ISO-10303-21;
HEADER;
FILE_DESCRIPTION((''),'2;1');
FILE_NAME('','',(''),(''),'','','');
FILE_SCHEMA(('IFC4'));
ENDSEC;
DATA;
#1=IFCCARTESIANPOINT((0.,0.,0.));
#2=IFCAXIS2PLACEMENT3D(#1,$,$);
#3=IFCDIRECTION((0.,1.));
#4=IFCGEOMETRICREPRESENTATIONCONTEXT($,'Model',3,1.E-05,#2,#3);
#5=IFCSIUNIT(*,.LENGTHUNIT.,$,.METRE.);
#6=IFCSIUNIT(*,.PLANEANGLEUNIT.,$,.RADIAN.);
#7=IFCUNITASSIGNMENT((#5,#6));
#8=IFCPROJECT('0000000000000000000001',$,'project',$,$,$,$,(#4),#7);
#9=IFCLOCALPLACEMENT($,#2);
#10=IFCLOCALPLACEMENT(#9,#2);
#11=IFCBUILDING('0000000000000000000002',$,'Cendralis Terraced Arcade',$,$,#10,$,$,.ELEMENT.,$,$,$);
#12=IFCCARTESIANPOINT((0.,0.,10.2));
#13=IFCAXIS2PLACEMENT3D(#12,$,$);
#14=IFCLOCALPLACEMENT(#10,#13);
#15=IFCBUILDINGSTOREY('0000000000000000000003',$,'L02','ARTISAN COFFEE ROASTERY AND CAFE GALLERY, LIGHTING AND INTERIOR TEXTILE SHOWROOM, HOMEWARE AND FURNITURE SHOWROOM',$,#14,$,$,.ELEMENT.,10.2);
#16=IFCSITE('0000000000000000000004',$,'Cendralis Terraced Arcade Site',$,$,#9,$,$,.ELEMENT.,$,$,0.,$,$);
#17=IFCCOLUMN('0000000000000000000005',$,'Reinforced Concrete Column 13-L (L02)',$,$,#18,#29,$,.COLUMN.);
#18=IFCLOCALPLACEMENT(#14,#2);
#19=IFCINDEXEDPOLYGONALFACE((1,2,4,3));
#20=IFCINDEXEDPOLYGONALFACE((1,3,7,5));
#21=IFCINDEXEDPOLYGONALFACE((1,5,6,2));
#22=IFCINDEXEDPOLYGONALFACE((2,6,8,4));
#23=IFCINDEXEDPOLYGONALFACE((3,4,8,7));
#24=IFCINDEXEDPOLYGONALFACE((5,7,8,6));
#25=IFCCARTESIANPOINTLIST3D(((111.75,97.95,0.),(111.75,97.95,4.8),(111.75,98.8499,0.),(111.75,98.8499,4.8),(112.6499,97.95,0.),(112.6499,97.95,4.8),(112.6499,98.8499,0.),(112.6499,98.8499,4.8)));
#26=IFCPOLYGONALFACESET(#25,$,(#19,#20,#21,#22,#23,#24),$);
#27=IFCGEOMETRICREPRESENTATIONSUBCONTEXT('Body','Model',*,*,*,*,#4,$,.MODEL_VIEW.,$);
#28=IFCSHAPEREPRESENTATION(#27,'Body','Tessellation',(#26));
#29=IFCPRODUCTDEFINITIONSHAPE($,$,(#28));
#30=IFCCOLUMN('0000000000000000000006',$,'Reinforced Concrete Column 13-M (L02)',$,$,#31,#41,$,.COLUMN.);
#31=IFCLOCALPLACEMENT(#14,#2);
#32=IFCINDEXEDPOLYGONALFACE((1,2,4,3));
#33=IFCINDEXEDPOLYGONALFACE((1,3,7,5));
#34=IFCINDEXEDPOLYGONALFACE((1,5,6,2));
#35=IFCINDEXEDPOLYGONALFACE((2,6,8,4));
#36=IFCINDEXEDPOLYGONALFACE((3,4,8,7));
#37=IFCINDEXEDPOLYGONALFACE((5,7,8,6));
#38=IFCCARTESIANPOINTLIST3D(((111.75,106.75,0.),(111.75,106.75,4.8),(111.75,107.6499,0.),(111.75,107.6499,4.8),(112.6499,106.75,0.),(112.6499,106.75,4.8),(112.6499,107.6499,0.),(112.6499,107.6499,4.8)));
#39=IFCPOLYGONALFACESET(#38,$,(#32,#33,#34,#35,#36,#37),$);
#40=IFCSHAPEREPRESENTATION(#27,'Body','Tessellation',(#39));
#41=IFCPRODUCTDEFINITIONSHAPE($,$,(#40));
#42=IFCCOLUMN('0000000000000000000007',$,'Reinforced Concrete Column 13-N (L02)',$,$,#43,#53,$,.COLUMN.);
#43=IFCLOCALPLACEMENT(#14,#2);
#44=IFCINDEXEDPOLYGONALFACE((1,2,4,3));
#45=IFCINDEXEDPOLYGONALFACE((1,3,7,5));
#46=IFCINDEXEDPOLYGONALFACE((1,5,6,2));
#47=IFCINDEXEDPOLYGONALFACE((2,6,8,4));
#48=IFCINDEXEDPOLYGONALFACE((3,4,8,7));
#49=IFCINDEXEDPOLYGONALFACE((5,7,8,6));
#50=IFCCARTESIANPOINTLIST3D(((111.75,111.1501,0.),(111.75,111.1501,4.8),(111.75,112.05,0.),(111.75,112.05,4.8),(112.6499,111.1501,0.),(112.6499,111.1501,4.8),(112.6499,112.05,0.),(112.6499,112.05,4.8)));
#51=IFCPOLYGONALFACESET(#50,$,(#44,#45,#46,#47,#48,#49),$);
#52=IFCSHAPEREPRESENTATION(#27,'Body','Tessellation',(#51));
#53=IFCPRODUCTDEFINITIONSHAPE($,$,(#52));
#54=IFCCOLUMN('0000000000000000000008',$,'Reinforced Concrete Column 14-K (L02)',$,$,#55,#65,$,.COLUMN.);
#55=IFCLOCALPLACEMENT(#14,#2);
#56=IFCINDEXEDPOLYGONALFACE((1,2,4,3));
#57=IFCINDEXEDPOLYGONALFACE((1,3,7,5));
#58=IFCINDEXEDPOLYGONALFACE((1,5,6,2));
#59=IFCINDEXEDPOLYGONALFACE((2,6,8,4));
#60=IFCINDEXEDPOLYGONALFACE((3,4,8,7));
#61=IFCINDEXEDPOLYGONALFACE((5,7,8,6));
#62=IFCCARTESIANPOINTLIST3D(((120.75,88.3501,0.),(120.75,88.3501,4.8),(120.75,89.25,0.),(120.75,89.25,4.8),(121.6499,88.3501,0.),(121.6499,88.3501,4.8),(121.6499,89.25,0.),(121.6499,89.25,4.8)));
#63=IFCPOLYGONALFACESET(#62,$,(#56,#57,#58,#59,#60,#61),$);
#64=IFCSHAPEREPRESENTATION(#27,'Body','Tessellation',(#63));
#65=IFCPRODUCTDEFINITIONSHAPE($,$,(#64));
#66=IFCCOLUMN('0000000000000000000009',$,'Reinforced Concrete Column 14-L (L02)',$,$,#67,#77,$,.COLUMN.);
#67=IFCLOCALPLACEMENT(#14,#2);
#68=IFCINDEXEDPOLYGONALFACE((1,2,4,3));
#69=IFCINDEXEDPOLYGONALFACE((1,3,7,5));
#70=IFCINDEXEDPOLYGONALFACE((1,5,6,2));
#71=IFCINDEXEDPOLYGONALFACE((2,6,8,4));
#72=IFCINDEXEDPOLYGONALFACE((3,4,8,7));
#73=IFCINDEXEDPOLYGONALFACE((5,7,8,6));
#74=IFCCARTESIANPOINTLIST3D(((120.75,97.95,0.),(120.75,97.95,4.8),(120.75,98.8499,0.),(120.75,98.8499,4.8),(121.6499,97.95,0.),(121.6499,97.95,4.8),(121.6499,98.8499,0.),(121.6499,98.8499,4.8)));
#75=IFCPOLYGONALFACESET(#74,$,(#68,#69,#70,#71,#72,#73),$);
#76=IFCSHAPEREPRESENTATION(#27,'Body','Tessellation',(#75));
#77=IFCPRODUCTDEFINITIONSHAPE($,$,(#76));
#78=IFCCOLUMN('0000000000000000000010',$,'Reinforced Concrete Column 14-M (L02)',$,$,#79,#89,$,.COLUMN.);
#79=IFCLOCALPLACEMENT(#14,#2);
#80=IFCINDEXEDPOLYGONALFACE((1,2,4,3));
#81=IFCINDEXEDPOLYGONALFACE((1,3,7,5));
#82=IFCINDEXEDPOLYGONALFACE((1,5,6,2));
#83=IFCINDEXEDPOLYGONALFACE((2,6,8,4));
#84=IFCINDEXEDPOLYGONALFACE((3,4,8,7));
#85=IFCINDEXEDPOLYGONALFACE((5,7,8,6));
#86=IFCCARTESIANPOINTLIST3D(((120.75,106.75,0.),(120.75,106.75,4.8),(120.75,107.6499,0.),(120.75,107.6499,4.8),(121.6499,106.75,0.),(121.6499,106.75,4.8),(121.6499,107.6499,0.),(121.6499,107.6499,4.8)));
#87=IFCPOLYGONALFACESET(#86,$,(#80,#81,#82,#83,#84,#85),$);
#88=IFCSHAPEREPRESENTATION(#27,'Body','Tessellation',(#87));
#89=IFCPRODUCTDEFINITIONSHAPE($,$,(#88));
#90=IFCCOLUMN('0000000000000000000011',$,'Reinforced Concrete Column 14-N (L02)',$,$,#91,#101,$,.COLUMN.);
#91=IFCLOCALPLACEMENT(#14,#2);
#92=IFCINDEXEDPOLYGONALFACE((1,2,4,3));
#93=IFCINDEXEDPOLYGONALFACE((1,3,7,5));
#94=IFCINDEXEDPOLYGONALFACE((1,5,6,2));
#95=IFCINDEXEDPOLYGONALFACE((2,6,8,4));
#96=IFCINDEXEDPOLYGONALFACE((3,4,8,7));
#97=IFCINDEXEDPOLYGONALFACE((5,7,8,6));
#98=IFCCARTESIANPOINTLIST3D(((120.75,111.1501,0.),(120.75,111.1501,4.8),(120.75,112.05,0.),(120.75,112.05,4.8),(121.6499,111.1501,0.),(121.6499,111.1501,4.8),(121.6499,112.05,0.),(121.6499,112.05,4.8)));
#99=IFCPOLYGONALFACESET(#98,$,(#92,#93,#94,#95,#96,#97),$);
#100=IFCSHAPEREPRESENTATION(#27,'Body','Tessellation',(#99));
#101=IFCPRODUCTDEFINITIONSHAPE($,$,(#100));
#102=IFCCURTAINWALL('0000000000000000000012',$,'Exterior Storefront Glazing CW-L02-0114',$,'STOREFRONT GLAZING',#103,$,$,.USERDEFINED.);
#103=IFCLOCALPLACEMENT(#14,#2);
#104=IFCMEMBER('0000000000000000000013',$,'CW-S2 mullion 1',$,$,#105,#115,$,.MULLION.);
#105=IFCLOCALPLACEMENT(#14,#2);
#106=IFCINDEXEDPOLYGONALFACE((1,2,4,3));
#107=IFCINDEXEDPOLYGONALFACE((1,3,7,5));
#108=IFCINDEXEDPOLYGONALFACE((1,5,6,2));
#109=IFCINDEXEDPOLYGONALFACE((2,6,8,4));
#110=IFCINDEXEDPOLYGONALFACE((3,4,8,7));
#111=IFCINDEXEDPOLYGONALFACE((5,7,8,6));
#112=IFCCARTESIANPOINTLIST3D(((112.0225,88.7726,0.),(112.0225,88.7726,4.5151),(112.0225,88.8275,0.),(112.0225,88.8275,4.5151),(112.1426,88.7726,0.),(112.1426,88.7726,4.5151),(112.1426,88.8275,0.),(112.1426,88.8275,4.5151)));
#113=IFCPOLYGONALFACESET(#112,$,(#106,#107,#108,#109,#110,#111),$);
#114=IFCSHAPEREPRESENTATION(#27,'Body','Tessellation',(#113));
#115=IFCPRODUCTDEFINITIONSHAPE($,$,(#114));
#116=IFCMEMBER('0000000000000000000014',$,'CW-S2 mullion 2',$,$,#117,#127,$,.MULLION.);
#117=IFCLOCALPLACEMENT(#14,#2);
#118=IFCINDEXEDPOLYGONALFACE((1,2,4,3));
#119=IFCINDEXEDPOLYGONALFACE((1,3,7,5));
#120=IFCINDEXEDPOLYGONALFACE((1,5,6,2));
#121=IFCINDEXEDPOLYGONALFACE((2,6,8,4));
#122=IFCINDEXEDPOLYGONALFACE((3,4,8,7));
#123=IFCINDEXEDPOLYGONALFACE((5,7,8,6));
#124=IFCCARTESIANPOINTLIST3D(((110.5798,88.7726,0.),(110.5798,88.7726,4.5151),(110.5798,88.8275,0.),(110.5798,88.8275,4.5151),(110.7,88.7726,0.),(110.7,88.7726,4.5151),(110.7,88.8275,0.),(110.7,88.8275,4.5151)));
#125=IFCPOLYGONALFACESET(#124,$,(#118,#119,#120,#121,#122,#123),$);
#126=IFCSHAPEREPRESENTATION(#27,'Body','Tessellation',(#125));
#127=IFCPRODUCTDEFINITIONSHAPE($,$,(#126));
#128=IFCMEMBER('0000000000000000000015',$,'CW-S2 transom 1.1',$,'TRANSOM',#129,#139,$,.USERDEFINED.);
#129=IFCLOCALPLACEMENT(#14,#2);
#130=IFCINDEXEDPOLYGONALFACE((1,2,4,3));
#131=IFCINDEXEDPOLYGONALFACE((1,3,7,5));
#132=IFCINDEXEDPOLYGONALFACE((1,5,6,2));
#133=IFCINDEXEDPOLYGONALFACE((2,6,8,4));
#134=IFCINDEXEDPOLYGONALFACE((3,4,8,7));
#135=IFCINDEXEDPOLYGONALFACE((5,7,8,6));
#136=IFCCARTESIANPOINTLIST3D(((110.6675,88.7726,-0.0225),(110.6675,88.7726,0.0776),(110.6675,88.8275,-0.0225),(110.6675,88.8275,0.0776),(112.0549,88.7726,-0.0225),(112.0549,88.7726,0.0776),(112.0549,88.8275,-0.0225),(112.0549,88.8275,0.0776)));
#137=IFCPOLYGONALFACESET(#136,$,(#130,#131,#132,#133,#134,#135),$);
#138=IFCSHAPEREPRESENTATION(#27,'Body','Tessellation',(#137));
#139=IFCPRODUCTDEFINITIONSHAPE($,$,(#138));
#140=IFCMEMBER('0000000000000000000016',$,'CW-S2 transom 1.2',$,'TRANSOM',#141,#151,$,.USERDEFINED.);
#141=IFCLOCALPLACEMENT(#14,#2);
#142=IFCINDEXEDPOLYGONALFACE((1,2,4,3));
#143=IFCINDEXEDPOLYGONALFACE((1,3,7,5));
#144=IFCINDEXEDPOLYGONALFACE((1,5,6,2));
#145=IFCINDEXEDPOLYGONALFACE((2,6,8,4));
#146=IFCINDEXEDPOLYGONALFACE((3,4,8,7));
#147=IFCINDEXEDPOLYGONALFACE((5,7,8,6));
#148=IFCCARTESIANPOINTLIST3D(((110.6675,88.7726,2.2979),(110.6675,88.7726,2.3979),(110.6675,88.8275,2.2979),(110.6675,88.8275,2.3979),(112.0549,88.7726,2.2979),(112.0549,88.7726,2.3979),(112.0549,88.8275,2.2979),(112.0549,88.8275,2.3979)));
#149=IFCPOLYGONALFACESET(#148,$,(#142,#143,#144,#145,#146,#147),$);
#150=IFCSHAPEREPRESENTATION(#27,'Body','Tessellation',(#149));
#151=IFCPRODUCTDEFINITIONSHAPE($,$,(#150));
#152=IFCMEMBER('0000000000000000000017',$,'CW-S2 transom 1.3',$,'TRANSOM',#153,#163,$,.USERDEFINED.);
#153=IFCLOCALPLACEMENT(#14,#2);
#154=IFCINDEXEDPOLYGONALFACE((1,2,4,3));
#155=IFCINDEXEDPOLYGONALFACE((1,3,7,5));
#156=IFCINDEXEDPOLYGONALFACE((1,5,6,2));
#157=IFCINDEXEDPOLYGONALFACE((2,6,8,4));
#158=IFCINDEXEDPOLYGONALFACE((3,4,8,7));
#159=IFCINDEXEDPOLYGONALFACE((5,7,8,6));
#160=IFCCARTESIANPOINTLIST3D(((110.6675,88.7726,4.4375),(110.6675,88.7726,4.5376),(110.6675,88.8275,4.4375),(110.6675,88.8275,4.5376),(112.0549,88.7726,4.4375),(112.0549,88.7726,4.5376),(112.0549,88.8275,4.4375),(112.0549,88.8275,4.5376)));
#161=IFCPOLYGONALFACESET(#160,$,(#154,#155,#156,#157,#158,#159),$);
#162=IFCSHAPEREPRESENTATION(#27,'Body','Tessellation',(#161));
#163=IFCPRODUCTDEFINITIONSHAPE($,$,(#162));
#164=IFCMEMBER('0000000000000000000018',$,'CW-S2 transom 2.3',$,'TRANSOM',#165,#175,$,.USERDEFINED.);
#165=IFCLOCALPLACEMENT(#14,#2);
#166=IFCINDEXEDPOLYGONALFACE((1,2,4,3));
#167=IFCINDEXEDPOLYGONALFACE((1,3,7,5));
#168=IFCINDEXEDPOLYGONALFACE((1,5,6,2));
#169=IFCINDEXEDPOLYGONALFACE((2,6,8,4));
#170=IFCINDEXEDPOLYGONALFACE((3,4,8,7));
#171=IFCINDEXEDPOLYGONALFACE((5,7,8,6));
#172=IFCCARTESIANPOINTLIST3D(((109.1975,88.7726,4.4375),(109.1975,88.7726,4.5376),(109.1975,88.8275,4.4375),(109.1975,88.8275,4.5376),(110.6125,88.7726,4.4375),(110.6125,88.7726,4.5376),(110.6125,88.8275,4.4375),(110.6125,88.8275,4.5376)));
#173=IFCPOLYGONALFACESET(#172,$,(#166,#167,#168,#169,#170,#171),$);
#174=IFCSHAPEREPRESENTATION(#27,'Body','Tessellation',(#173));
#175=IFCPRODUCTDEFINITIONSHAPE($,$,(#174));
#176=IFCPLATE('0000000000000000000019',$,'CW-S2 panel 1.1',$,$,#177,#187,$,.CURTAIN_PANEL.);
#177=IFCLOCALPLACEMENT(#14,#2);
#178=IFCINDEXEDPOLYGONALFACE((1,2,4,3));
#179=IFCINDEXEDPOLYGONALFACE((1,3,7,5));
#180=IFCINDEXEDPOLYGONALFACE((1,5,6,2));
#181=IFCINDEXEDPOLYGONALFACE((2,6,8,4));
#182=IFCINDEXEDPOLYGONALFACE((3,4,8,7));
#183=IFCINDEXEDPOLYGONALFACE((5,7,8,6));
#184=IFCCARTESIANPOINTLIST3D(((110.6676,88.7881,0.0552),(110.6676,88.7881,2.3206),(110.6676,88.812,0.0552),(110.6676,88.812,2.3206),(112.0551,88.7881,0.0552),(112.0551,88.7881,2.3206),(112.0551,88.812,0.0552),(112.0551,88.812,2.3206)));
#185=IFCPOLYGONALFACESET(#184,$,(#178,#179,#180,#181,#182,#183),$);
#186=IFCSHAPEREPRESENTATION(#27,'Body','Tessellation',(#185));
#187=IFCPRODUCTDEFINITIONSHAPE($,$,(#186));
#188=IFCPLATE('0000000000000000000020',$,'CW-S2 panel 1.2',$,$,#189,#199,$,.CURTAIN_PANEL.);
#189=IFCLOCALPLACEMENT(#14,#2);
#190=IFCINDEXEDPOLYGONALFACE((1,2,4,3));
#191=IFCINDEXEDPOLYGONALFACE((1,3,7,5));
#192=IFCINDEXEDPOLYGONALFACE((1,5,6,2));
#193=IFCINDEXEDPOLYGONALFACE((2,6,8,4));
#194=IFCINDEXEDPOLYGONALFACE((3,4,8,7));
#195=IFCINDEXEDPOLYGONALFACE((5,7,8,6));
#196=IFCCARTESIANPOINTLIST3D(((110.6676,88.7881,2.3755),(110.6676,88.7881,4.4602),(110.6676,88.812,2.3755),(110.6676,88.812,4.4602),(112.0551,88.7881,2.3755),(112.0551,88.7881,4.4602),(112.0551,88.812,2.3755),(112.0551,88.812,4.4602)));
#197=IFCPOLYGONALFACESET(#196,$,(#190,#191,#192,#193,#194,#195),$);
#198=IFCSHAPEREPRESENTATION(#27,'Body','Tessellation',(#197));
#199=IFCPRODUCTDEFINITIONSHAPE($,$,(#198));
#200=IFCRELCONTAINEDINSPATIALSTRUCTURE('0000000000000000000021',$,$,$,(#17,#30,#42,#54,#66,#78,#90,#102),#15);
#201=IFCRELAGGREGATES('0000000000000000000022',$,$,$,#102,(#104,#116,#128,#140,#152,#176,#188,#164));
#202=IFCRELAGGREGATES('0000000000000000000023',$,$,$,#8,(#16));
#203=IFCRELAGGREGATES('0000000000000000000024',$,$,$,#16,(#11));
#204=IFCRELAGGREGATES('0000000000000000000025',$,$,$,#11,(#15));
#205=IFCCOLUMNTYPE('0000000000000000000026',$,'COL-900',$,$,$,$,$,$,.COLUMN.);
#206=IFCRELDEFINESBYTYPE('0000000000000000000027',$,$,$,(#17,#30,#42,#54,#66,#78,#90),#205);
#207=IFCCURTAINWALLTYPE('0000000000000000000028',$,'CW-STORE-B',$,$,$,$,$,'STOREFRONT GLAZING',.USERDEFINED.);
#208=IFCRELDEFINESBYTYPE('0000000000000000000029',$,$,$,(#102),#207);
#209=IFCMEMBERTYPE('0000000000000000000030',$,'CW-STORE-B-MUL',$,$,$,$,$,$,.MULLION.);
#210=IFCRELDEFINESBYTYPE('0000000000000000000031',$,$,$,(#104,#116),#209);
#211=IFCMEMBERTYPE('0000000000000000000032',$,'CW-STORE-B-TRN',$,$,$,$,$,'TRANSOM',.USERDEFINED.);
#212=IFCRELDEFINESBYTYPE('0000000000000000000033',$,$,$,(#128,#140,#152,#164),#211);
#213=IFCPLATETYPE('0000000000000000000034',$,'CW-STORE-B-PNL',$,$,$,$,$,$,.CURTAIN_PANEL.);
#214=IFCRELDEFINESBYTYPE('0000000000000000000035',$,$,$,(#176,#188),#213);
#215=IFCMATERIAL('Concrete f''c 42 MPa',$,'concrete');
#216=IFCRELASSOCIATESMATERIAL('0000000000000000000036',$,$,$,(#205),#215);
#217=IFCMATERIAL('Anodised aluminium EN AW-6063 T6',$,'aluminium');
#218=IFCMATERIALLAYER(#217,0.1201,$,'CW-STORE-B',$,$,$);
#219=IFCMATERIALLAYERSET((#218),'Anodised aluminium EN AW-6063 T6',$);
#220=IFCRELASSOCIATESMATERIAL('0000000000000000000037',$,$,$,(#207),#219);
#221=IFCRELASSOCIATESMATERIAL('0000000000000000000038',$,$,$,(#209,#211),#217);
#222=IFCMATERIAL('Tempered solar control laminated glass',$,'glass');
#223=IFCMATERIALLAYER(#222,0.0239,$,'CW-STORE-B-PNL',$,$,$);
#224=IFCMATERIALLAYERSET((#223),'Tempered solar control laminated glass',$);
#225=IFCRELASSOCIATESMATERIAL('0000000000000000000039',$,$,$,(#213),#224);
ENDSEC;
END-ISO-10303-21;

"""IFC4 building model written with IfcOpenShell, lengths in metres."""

from ifc_helpers import new_model, si_unit, direction, frame, origin, origin_2d, place, context, subcontext, project, spatial, rectangle, extrude, material, layer, layer_set, material_profile, profile_set, type_object, element, aggregate, save


model = new_model("IFC4")

# Units and contexts
model_context = context("Model", 3, precision=1e-05, world=origin(), true_north=direction((0.0, 1.0)))
body_context = subcontext(model_context, "Body", "Model", "MODEL_VIEW")
ifc_project = project(units=[si_unit("LENGTHUNIT", "METRE"), si_unit("PLANEANGLEUNIT", "RADIAN")], contexts=[model_context])

# Site, building, storey
site_placement = place(None, origin())
site = spatial("IfcSite", under=ifc_project, at=site_placement, Name="Cendralis Terraced Arcade Site", CompositionType="ELEMENT", RefElevation=0.0)
building_placement = place(site_placement, origin())
building = spatial("IfcBuilding", under=site, at=building_placement, Name="Cendralis Terraced Arcade", CompositionType="ELEMENT")
storey_placement = place(building_placement, frame((0.0, 0.0, 10.2)))
storey = spatial("IfcBuildingStorey", under=building, at=storey_placement, Name="L02", Description="ARTISAN COFFEE ROASTERY AND CAFE GALLERY, LIGHTING AND INTERIOR TEXTILE SHOWROOM, HOMEWARE AND FURNITURE SHOWROOM", CompositionType="ELEMENT", Elevation=10.2)

# Columns
ifc_material_1 = material(Name="Concrete f'c 42 MPa", Category="concrete")
ifc_material_profile_1 = material_profile(ifc_material_1, rectangle(XDim=0.8999, YDim=0.8999, at=origin_2d()), Name="RC-COL-900x900", Category="LoadBearing")
ifc_profile_set_1 = profile_set([ifc_material_profile_1], Name="Concrete f'c 42 MPa")
column_type = type_object("IfcColumnType", Name="COL-900", PredefinedType="COLUMN", material=ifc_profile_set_1)
for number, where, z_axis, x_axis, name in (
    (1, (112.2, 98.3999, 0.0), (0.0, 0.0, 1.0), (1.0, 0.0, 0.0), "Reinforced Concrete Column 13-L (L02)"),
    (2, (112.2, 107.2, 0.0), (0.0, 0.0, 1.0), (1.0, 0.0, 0.0), "Reinforced Concrete Column 13-M (L02)"),
    (3, (112.2, 111.6001, 0.0), (0.0, 0.0, 1.0), (1.0, 0.0, 0.0), "Reinforced Concrete Column 13-N (L02)"),
    (4, (121.2, 88.8, 0.0), (0.0, 0.0, 1.0), (1.0, 0.0, 0.0), "Reinforced Concrete Column 14-K (L02)"),
    (5, (121.2, 98.3999, 0.0), (0.0, 0.0, 1.0), (1.0, 0.0, 0.0), "Reinforced Concrete Column 14-L (L02)"),
    (6, (121.2, 107.2, 0.0), (0.0, 0.0, 1.0), (1.0, 0.0, 0.0), "Reinforced Concrete Column 14-M (L02)"),
    (7, (121.2, 111.6001, 0.0), (0.0, 0.0, 1.0), (1.0, 0.0, 0.0), "Reinforced Concrete Column 14-N (L02)"),
):
    element("IfcColumn", number, at=place(storey_placement, frame(where, z_axis=z_axis, x_axis=x_axis)), inside=storey, type_object=column_type, Name=name, PredefinedType="COLUMN", context=body_context, shape_type="SweptSolid", body=[
        extrude(rectangle(XDim=0.8999, YDim=0.8999, at=origin_2d()), origin(), (0.0, 0.0, 1.0), 4.8),
    ])

# Curtain wall, members, plates
ifc_material_2 = material(Name="Anodised aluminium EN AW-6063 T6", Category="aluminium")
ifc_layer_1 = layer(ifc_material_2, 0.1201, Name="CW-STORE-B")
ifc_layer_set_1 = layer_set([ifc_layer_1], Name="Anodised aluminium EN AW-6063 T6")
curtain_wall_type = type_object("IfcCurtainWallType", Name="CW-STORE-B", ElementType="STOREFRONT GLAZING", PredefinedType="USERDEFINED", material=ifc_layer_set_1)
curtain_wall_placement = place(storey_placement, origin())
curtain_wall = element("IfcCurtainWall", 8, at=curtain_wall_placement, inside=storey, type_object=curtain_wall_type, Name="Exterior Storefront Glazing CW-L02-0114", ObjectType="STOREFRONT GLAZING", PredefinedType="USERDEFINED")
ifc_material_profile_2 = material_profile(ifc_material_2, rectangle(XDim=0.0549, YDim=0.1201, at=origin_2d()), Name="ALU-MUL-55x120")
ifc_profile_set_2 = profile_set([ifc_material_profile_2], Name="Anodised aluminium EN AW-6063 T6")
member_type_1 = type_object("IfcMemberType", Name="CW-STORE-B-MUL", PredefinedType="MULLION", material=ifc_profile_set_2)
member_1_placement = place(storey_placement, frame((112.0825, 88.8, 0.0), z_axis=(0.0, 0.0, 1.0), x_axis=(0.0, -1.0, 0.0)))
member_1 = element("IfcMember", 9, at=member_1_placement, type_object=member_type_1, Name="CW-S2 mullion 1", PredefinedType="MULLION", context=body_context, shape_type="SweptSolid", body=[
    extrude(rectangle(XDim=0.0549, YDim=0.1201, at=origin_2d()), origin(), (0.0, 0.0, 1.0), 4.5151),
])
member_2_placement = place(storey_placement, frame((110.6399, 88.8, 0.0), z_axis=(0.0, 0.0, 1.0), x_axis=(0.0, -1.0, 0.0)))
member_2 = element("IfcMember", 10, at=member_2_placement, type_object=member_type_1, Name="CW-S2 mullion 2", PredefinedType="MULLION", context=body_context, shape_type="SweptSolid", body=[
    extrude(rectangle(XDim=0.0549, YDim=0.1201, at=origin_2d()), origin(), (0.0, 0.0, 1.0), 4.5151),
])
ifc_material_profile_3 = material_profile(ifc_material_2, rectangle(XDim=0.0549, YDim=0.1001, at=origin_2d()), Name="ALU-TRN-55x100")
ifc_profile_set_3 = profile_set([ifc_material_profile_3], Name="Anodised aluminium EN AW-6063 T6")
member_type_2 = type_object("IfcMemberType", Name="CW-STORE-B-TRN", ElementType="TRANSOM", PredefinedType="USERDEFINED", material=ifc_profile_set_3)
member_3_placement = place(storey_placement, frame((112.0549, 88.8, 0.0276), z_axis=(-1.0, 0.0, 0.0), x_axis=(0.0, -1.0, 0.0)))
member_3 = element("IfcMember", 11, at=member_3_placement, type_object=member_type_2, Name="CW-S2 transom 1.1", ObjectType="TRANSOM", PredefinedType="USERDEFINED", context=body_context, shape_type="SweptSolid", body=[
    extrude(rectangle(XDim=0.0549, YDim=0.1001, at=origin_2d()), origin(), (0.0, 0.0, 1.0), 1.3875),
])
member_4_placement = place(storey_placement, frame((112.0549, 88.8, 2.3479), z_axis=(-1.0, 0.0, 0.0), x_axis=(0.0, -1.0, 0.0)))
member_4 = element("IfcMember", 12, at=member_4_placement, type_object=member_type_2, Name="CW-S2 transom 1.2", ObjectType="TRANSOM", PredefinedType="USERDEFINED", context=body_context, shape_type="SweptSolid", body=[
    extrude(rectangle(XDim=0.0549, YDim=0.1001, at=origin_2d()), origin(), (0.0, 0.0, 1.0), 1.3875),
])
member_5_placement = place(storey_placement, frame((112.0549, 88.8, 4.4875), z_axis=(-1.0, 0.0, 0.0), x_axis=(0.0, -1.0, 0.0)))
member_5 = element("IfcMember", 13, at=member_5_placement, type_object=member_type_2, Name="CW-S2 transom 1.3", ObjectType="TRANSOM", PredefinedType="USERDEFINED", context=body_context, shape_type="SweptSolid", body=[
    extrude(rectangle(XDim=0.0549, YDim=0.1001, at=origin_2d()), origin(), (0.0, 0.0, 1.0), 1.3875),
])
member_6_placement = place(storey_placement, frame((110.6125, 88.8, 4.4875), z_axis=(-1.0, 0.0, 0.0), x_axis=(0.0, -1.0, 0.0)))
member_6 = element("IfcMember", 14, at=member_6_placement, type_object=member_type_2, Name="CW-S2 transom 2.3", ObjectType="TRANSOM", PredefinedType="USERDEFINED", context=body_context, shape_type="SweptSolid", body=[
    extrude(rectangle(XDim=0.0549, YDim=0.1001, at=origin_2d()), origin(), (0.0, 0.0, 1.0), 1.415),
])
ifc_material_3 = material(Name="Tempered solar control laminated glass", Category="glass")
ifc_layer_2 = layer(ifc_material_3, 0.0239, Name="CW-STORE-B-PNL")
ifc_layer_set_2 = layer_set([ifc_layer_2], Name="Tempered solar control laminated glass")
plate_type = type_object("IfcPlateType", Name="CW-STORE-B-PNL", PredefinedType="CURTAIN_PANEL", material=ifc_layer_set_2)
plate_1_placement = place(storey_placement, frame((111.3613, 88.8, 0.0552), z_axis=(0.0, 0.0, 1.0), x_axis=(-1.0, 0.0, 0.0)))
plate_1 = element("IfcPlate", 15, at=plate_1_placement, type_object=plate_type, Name="CW-S2 panel 1.1", PredefinedType="CURTAIN_PANEL", context=body_context, shape_type="SweptSolid", body=[
    extrude(rectangle(XDim=1.3875, YDim=0.0239, at=origin_2d()), origin(), (0.0, 0.0, 1.0), 2.2654),
])
plate_2_placement = place(storey_placement, frame((111.3613, 88.8, 2.3755), z_axis=(0.0, 0.0, 1.0), x_axis=(-1.0, 0.0, 0.0)))
plate_2 = element("IfcPlate", 16, at=plate_2_placement, type_object=plate_type, Name="CW-S2 panel 1.2", PredefinedType="CURTAIN_PANEL", context=body_context, shape_type="SweptSolid", body=[
    extrude(rectangle(XDim=1.3875, YDim=0.0239, at=origin_2d()), origin(), (0.0, 0.0, 1.0), 2.0847),
])
aggregate(curtain_wall, [member_1, member_2, member_3, member_4, member_5, plate_1, plate_2, member_6])

save(model, "model.ifc")
